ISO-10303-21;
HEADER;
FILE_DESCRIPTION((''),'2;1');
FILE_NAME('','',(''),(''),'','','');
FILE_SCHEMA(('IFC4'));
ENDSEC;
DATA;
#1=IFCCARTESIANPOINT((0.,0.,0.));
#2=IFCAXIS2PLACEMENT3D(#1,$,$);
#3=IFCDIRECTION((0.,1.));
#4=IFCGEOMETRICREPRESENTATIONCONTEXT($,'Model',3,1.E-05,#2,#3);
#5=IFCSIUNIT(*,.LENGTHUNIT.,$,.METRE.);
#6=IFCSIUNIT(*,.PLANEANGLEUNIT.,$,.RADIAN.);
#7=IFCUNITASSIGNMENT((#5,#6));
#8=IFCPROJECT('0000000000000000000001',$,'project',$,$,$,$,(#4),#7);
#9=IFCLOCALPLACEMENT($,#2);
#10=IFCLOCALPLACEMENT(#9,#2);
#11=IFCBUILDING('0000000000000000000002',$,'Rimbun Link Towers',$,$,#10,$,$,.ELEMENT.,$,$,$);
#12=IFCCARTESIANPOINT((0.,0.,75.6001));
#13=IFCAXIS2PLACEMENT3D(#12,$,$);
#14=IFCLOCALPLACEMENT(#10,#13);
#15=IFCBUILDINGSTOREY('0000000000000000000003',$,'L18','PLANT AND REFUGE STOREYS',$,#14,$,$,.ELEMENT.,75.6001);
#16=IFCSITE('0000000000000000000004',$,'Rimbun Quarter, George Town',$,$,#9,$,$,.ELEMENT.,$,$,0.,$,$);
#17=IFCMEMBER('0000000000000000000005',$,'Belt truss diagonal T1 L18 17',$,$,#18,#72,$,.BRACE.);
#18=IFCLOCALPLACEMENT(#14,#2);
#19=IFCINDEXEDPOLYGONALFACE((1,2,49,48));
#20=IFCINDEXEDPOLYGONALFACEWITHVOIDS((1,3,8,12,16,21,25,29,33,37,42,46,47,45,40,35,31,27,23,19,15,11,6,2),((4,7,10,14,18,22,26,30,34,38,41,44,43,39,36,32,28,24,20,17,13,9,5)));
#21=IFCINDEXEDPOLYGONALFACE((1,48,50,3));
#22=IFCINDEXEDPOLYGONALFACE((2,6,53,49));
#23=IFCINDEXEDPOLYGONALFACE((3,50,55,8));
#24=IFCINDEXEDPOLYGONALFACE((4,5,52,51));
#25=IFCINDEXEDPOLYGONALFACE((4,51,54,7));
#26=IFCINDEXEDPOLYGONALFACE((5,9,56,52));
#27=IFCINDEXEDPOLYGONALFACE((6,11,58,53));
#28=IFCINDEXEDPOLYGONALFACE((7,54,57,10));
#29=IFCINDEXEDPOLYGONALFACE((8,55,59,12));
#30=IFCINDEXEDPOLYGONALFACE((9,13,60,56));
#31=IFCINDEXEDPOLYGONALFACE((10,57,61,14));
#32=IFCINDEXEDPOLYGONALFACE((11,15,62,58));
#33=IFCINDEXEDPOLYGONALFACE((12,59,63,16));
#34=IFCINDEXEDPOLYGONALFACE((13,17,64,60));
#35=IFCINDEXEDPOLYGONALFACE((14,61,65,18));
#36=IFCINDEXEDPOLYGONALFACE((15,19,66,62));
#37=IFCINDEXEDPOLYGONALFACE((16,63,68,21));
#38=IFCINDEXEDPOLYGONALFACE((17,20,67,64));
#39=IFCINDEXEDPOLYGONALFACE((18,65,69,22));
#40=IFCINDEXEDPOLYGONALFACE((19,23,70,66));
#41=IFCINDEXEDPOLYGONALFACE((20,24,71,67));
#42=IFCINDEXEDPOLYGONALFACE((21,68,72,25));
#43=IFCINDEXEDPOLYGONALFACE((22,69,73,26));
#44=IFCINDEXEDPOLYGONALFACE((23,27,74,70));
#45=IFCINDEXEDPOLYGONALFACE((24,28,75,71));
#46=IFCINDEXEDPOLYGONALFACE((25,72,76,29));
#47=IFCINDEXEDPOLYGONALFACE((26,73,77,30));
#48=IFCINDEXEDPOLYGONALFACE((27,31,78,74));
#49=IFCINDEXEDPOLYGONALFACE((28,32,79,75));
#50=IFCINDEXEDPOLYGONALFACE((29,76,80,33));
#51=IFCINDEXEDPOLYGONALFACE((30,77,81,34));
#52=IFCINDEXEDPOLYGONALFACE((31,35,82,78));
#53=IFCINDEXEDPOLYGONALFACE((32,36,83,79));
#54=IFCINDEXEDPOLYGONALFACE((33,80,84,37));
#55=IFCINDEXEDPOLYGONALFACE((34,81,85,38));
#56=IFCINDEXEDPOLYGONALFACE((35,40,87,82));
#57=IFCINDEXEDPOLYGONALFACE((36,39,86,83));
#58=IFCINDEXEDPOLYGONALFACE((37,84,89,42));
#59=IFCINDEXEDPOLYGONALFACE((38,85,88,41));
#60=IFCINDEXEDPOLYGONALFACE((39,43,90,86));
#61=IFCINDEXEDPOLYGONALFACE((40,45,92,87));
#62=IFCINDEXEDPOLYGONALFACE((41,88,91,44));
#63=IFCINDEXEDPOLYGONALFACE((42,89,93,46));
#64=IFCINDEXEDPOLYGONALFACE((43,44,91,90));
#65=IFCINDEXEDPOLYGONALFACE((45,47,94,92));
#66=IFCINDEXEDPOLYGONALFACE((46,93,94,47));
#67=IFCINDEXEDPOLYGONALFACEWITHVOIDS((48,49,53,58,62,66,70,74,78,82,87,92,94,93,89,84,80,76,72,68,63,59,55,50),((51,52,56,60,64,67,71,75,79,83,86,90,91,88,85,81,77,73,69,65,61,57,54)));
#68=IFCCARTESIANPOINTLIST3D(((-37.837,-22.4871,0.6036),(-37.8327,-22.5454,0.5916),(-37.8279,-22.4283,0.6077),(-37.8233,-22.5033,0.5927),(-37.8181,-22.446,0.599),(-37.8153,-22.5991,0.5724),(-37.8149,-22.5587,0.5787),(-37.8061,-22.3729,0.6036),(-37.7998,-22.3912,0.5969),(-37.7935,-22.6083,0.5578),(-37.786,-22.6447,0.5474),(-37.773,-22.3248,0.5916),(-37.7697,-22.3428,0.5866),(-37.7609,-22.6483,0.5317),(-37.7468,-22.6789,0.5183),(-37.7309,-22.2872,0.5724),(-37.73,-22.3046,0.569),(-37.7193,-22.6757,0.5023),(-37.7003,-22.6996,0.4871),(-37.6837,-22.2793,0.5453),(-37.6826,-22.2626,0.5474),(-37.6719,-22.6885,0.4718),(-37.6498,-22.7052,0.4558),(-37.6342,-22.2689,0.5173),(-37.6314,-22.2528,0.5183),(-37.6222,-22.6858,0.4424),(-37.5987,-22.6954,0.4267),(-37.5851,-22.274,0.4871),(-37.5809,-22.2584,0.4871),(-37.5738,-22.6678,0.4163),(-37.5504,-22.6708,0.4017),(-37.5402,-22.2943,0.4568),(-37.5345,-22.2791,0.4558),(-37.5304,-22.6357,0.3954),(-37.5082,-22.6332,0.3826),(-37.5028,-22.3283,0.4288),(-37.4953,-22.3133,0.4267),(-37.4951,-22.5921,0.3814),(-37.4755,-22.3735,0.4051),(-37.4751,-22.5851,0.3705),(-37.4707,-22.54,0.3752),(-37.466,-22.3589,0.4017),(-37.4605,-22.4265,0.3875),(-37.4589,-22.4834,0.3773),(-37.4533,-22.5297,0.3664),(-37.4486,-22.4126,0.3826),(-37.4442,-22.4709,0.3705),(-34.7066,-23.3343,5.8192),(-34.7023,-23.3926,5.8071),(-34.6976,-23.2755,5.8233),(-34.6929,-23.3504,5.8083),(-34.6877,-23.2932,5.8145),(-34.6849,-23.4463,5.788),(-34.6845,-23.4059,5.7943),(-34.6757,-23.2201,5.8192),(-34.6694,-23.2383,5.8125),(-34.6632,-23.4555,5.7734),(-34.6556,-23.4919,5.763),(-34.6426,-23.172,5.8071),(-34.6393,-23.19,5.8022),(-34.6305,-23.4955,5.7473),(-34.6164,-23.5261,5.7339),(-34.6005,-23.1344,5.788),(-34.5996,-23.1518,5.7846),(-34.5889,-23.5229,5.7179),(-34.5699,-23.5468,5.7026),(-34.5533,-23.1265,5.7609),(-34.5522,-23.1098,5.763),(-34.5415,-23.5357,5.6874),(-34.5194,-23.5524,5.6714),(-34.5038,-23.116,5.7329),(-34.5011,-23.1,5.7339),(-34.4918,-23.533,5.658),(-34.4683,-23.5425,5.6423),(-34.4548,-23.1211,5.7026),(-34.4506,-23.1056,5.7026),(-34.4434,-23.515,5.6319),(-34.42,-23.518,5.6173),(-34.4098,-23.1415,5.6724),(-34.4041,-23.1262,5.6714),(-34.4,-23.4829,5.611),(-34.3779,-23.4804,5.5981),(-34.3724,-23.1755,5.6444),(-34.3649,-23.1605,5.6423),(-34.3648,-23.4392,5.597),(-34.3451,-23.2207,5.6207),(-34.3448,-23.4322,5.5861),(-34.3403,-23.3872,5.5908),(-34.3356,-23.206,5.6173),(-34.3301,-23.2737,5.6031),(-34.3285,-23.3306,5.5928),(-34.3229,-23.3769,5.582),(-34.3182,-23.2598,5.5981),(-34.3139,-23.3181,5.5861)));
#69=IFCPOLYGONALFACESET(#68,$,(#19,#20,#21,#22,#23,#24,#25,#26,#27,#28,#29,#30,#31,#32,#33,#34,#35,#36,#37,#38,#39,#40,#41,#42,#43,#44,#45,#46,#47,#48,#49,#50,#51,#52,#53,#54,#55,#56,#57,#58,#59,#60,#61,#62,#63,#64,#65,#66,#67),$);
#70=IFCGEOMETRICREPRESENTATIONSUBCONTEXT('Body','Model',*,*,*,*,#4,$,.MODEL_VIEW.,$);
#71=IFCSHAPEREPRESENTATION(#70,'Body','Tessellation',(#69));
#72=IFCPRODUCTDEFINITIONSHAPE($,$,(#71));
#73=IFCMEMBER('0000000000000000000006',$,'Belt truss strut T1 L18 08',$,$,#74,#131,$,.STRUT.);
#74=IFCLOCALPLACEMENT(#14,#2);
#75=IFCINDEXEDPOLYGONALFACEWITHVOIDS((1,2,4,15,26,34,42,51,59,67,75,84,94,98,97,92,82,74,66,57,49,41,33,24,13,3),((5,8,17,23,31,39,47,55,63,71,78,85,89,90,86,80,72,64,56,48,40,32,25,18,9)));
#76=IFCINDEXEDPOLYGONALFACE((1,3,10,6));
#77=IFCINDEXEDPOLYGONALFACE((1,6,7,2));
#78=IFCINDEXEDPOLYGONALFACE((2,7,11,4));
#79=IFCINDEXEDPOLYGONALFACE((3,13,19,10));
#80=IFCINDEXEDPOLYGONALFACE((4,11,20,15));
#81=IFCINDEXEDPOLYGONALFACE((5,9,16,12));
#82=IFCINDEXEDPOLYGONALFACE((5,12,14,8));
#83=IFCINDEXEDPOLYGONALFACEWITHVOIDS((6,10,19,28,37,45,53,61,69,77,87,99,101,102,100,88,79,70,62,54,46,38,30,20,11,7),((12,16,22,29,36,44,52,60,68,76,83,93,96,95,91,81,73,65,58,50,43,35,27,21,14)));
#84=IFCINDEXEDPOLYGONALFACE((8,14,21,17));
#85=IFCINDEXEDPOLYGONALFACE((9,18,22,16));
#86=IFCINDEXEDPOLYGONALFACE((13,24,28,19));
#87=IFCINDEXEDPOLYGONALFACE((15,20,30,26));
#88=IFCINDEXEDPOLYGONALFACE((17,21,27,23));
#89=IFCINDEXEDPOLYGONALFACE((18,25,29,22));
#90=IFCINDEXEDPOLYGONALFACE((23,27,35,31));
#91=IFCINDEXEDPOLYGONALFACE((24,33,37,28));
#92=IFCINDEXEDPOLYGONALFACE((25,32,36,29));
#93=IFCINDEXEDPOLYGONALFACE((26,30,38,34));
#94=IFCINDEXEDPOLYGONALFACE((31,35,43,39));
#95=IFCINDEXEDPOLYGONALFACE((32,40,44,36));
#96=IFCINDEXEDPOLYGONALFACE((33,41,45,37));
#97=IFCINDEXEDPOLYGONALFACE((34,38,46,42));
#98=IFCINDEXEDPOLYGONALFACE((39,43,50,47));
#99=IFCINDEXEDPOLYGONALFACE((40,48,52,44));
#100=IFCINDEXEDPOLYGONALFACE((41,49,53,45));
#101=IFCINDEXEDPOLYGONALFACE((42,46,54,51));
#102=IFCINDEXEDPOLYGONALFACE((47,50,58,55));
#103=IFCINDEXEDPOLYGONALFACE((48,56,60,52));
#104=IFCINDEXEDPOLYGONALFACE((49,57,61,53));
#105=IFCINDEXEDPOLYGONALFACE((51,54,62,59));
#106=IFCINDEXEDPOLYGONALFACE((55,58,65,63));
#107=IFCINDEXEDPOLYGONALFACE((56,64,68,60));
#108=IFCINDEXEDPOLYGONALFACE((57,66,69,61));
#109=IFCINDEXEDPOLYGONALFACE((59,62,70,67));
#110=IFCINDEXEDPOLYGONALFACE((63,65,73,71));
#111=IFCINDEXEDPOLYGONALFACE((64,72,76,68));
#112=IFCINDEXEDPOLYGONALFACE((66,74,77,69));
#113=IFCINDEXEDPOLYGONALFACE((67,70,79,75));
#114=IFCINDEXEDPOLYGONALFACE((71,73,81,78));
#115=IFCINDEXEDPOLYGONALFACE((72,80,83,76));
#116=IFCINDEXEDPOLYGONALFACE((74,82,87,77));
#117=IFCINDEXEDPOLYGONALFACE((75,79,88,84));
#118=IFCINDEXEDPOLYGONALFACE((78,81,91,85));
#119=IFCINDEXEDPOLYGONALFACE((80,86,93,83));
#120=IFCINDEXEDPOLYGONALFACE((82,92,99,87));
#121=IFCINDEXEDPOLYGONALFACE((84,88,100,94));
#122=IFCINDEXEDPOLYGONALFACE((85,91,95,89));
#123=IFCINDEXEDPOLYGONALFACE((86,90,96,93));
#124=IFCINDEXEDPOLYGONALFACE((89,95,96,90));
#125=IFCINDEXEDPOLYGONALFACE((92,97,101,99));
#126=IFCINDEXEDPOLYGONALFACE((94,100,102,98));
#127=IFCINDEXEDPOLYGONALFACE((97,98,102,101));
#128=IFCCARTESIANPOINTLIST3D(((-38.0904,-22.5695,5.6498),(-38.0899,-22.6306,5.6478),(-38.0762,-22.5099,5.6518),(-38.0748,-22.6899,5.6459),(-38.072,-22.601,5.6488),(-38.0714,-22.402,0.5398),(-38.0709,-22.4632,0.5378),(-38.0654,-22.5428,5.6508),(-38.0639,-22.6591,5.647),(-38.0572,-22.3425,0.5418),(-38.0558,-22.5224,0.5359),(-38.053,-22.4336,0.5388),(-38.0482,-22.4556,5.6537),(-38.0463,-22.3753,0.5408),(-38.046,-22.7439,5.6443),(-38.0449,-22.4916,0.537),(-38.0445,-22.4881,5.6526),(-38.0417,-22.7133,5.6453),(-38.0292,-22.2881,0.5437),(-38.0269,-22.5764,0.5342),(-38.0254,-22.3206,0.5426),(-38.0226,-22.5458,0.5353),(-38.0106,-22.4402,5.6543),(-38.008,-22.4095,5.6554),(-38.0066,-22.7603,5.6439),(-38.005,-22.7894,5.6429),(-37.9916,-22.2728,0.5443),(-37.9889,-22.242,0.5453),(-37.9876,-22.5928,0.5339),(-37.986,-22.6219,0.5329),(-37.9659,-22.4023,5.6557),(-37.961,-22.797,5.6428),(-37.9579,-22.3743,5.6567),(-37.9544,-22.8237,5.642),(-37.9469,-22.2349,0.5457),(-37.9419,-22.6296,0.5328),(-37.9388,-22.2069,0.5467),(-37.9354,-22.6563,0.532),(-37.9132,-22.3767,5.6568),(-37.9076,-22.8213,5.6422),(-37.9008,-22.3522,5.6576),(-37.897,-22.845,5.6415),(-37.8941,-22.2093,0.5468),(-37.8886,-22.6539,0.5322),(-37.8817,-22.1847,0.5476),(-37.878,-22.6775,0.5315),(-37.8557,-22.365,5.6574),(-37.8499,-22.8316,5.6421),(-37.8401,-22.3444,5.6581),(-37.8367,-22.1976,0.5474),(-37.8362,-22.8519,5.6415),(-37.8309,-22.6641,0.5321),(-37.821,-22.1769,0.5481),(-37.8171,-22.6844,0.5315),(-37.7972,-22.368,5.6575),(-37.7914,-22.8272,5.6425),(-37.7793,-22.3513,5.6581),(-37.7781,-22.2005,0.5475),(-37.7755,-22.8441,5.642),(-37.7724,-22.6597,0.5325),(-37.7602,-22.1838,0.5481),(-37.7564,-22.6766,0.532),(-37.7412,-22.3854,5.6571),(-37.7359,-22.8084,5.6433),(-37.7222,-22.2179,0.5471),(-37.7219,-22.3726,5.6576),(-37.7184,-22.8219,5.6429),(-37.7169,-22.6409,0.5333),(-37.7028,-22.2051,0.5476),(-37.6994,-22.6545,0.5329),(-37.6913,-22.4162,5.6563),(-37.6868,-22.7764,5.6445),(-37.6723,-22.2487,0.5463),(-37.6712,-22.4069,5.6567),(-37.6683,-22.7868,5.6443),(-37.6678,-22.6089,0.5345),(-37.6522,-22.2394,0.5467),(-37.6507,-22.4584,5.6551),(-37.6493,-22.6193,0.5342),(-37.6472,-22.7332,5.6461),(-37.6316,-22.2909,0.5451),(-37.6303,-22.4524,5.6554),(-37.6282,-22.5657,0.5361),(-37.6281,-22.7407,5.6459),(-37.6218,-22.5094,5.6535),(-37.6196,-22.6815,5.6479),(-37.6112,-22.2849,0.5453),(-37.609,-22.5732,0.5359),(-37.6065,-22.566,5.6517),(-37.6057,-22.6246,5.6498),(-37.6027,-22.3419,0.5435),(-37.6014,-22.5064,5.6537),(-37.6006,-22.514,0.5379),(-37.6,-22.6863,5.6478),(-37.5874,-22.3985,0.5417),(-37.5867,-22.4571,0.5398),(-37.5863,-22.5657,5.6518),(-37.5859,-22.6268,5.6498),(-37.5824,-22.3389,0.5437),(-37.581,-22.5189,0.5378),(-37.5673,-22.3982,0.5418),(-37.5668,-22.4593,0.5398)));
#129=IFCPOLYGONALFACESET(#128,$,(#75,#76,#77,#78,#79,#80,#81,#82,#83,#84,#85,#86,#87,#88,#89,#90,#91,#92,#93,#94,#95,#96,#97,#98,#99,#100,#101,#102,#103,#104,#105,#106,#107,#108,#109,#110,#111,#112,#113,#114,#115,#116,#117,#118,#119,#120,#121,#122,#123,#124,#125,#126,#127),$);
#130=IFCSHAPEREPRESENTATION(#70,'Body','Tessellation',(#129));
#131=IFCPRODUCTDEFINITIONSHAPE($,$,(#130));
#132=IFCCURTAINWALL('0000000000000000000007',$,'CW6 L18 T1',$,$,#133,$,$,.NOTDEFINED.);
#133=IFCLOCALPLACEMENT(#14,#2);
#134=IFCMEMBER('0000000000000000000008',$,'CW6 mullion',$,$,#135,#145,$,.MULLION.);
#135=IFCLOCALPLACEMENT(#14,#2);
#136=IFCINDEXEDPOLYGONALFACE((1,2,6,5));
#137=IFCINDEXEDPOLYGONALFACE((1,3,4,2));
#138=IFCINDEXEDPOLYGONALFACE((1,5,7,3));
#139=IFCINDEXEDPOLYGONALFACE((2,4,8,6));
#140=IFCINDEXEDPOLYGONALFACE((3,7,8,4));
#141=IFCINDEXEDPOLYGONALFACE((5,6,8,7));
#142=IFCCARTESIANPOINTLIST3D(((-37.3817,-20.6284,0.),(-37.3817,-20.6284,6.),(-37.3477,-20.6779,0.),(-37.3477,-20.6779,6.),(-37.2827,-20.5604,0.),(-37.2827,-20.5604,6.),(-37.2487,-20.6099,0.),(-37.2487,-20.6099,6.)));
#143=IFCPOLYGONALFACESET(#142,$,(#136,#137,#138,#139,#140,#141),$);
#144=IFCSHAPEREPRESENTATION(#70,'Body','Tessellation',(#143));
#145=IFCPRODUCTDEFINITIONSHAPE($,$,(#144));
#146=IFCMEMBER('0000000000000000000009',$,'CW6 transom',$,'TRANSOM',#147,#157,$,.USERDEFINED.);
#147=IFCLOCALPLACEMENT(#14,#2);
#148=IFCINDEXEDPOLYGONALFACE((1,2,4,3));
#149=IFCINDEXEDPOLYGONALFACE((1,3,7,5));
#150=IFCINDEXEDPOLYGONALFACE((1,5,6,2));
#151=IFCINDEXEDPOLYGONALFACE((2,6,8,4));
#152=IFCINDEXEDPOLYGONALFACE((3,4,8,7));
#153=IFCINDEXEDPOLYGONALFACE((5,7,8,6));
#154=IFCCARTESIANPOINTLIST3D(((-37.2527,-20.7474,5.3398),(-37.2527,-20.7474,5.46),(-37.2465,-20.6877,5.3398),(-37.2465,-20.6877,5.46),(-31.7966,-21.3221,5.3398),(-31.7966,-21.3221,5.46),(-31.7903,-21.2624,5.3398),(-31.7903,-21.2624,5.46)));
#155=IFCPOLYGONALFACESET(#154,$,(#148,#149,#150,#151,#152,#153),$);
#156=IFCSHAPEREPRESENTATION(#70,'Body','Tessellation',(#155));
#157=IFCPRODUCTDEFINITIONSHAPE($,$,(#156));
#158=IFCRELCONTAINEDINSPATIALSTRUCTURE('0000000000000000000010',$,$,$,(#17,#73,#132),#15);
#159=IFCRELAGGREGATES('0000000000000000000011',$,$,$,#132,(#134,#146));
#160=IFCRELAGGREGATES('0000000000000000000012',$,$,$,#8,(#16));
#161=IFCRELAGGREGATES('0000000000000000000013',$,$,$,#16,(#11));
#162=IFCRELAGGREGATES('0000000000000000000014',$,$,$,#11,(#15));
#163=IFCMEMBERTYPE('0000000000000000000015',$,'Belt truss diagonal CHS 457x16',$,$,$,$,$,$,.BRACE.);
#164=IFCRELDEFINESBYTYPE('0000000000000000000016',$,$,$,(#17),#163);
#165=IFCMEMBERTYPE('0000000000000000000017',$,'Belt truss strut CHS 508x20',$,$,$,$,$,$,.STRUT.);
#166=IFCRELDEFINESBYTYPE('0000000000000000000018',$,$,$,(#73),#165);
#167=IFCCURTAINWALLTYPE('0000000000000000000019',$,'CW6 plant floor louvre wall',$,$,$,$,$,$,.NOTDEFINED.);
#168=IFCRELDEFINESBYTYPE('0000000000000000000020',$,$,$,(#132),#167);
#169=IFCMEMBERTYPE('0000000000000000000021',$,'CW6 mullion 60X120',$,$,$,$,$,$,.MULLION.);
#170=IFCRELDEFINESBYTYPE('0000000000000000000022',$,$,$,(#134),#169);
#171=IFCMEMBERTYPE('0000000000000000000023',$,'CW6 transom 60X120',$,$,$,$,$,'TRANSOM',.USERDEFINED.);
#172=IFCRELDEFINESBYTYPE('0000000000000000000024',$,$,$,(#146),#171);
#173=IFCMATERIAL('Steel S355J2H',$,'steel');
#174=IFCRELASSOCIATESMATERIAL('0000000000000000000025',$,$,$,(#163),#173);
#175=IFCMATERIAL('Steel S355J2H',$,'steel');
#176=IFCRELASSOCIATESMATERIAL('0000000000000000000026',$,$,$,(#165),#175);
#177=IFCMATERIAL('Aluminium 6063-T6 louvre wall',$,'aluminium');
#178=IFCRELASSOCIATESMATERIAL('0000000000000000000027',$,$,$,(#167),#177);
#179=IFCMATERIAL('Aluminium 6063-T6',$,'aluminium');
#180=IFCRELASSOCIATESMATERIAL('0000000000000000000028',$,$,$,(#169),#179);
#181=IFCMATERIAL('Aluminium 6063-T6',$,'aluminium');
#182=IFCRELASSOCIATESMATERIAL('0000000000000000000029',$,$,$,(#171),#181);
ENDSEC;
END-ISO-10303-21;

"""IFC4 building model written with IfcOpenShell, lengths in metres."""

from ifc_helpers import new_model, si_unit, direction, frame, origin, origin_2d, place, context, subcontext, project, spatial, rectangle, hollow_circle, extrude, material, material_profile, profile_set, type_object, element, aggregate, save


model = new_model("IFC4")

# Units and contexts
model_context = context("Model", 3, precision=1e-05, world=origin(), true_north=direction((0.0, 1.0)))
body_context = subcontext(model_context, "Body", "Model", "MODEL_VIEW")
ifc_project = project(units=[si_unit("LENGTHUNIT", "METRE"), si_unit("PLANEANGLEUNIT", "RADIAN")], contexts=[model_context])

# Site, building, storey
site_placement = place(None, origin())
site = spatial("IfcSite", under=ifc_project, at=site_placement, Name="Rimbun Quarter, George Town", CompositionType="ELEMENT", RefElevation=0.0)
building_placement = place(site_placement, origin())
building = spatial("IfcBuilding", under=site, at=building_placement, Name="Rimbun Link Towers", CompositionType="ELEMENT")
storey_placement = place(building_placement, frame((0.0, 0.0, 75.6001)))
storey = spatial("IfcBuildingStorey", under=building, at=storey_placement, Name="L18", Description="PLANT AND REFUGE STOREYS", CompositionType="ELEMENT", Elevation=75.6001)

# Members
ifc_material_1 = material(Name="Steel S355J2H", Category="steel")
ifc_material_profile_1 = material_profile(ifc_material_1, hollow_circle(Radius=0.2285, WallThickness=0.0161, at=origin_2d()), Name="Belt truss diagonal CHS 457x16")
ifc_profile_set_1 = profile_set([ifc_material_profile_1], Name="Steel S355J2H")
member_type_1 = type_object("IfcMemberType", Name="Belt truss diagonal CHS 457x16", PredefinedType="BRACE", material=ifc_profile_set_1)
member_1_placement = place(storey_placement, frame((-37.6406, -22.479, 0.4871), z_axis=(0.5097, -0.137939, 0.849222), x_axis=(0.261231, 0.965276, 0.0)))
element("IfcMember", 1, at=member_1_placement, inside=storey, type_object=member_type_1, Name="Belt truss diagonal T1 L18 17", PredefinedType="BRACE", context=body_context, shape_type="SweptSolid", body=[
    extrude(hollow_circle(Radius=0.2285, WallThickness=0.0161, at=origin_2d()), origin(), (0.0, 0.0, 1.0), 6.1416),
])
ifc_material_2 = material(Name="Steel S355J2H", Category="steel")
ifc_material_profile_2 = material_profile(ifc_material_2, hollow_circle(Radius=0.2539, WallThickness=0.02, at=origin_2d()), Name="Belt truss strut CHS 508x20")
ifc_profile_set_2 = profile_set([ifc_material_profile_2], Name="Steel S355J2H")
member_type_2 = type_object("IfcMemberType", Name="Belt truss strut CHS 508x20", PredefinedType="STRUT", material=ifc_profile_set_2)
member_2_placement = place(storey_placement, frame((-37.8191, -22.4307, 0.5398), z_axis=(-0.003725, -0.032757, 0.999456), x_axis=(0.993598, -0.112975, 0.0)))
element("IfcMember", 2, at=member_2_placement, inside=storey, type_object=member_type_2, Name="Belt truss strut T1 L18 08", PredefinedType="STRUT", context=body_context, shape_type="SweptSolid", body=[
    extrude(hollow_circle(Radius=0.2539, WallThickness=0.02, at=origin_2d()), origin(), (0.0, 0.0, 1.0), 5.1128),
])

# Curtain wall, members
ifc_material_3 = material(Name="Aluminium 6063-T6 louvre wall", Category="aluminium")
curtain_wall_type = type_object("IfcCurtainWallType", Name="CW6 plant floor louvre wall", PredefinedType="NOTDEFINED", material=ifc_material_3)
curtain_wall_placement = place(storey_placement, origin())
curtain_wall = element("IfcCurtainWall", 3, at=curtain_wall_placement, inside=storey, type_object=curtain_wall_type, Name="CW6 L18 T1", PredefinedType="NOTDEFINED")
ifc_material_4 = material(Name="Aluminium 6063-T6", Category="aluminium")
ifc_material_profile_3 = material_profile(ifc_material_4, rectangle(XDim=0.1201, YDim=0.0601, at=origin_2d()), Name="MULLION 60X120")
ifc_profile_set_3 = profile_set([ifc_material_profile_3], Name="Aluminium 6063-T6")
member_type_3 = type_object("IfcMemberType", Name="CW6 mullion 60X120", PredefinedType="MULLION", material=ifc_profile_set_3)
member_3_placement = place(storey_placement, frame((-37.3152, -20.6191, 0.0), z_axis=(0.0, 0.0, 1.0), x_axis=(-0.82419, -0.566313, 0.0)))
member_3 = element("IfcMember", 4, at=member_3_placement, type_object=member_type_3, Name="CW6 mullion", PredefinedType="MULLION", context=body_context, shape_type="SweptSolid", body=[
    extrude(rectangle(XDim=0.1201, YDim=0.0601, at=origin_2d()), origin(), (0.0, 0.0, 1.0), 6.0),
])
ifc_material_5 = material(Name="Aluminium 6063-T6", Category="aluminium")
ifc_material_profile_4 = material_profile(ifc_material_5, rectangle(XDim=0.0601, YDim=0.1201, at=origin_2d()), Name="TRANSOM 60X120")
ifc_profile_set_4 = profile_set([ifc_material_profile_4], Name="Aluminium 6063-T6")
member_type_4 = type_object("IfcMemberType", Name="CW6 transom 60X120", ElementType="TRANSOM", PredefinedType="USERDEFINED", material=ifc_profile_set_4)
member_4_placement = place(storey_placement, frame((-31.7935, -21.2922, 5.3999), z_axis=(-0.994498, 0.104754, 0.0), x_axis=(-0.104754, -0.994498, 0.0)))
member_4 = element("IfcMember", 5, at=member_4_placement, type_object=member_type_4, Name="CW6 transom", ObjectType="TRANSOM", PredefinedType="USERDEFINED", context=body_context, shape_type="SweptSolid", body=[
    extrude(rectangle(XDim=0.0601, YDim=0.1201, at=origin_2d()), origin(), (0.0, 0.0, 1.0), 5.4863),
])

aggregate(curtain_wall, [member_3, member_4])

save(model, "model.ifc")
